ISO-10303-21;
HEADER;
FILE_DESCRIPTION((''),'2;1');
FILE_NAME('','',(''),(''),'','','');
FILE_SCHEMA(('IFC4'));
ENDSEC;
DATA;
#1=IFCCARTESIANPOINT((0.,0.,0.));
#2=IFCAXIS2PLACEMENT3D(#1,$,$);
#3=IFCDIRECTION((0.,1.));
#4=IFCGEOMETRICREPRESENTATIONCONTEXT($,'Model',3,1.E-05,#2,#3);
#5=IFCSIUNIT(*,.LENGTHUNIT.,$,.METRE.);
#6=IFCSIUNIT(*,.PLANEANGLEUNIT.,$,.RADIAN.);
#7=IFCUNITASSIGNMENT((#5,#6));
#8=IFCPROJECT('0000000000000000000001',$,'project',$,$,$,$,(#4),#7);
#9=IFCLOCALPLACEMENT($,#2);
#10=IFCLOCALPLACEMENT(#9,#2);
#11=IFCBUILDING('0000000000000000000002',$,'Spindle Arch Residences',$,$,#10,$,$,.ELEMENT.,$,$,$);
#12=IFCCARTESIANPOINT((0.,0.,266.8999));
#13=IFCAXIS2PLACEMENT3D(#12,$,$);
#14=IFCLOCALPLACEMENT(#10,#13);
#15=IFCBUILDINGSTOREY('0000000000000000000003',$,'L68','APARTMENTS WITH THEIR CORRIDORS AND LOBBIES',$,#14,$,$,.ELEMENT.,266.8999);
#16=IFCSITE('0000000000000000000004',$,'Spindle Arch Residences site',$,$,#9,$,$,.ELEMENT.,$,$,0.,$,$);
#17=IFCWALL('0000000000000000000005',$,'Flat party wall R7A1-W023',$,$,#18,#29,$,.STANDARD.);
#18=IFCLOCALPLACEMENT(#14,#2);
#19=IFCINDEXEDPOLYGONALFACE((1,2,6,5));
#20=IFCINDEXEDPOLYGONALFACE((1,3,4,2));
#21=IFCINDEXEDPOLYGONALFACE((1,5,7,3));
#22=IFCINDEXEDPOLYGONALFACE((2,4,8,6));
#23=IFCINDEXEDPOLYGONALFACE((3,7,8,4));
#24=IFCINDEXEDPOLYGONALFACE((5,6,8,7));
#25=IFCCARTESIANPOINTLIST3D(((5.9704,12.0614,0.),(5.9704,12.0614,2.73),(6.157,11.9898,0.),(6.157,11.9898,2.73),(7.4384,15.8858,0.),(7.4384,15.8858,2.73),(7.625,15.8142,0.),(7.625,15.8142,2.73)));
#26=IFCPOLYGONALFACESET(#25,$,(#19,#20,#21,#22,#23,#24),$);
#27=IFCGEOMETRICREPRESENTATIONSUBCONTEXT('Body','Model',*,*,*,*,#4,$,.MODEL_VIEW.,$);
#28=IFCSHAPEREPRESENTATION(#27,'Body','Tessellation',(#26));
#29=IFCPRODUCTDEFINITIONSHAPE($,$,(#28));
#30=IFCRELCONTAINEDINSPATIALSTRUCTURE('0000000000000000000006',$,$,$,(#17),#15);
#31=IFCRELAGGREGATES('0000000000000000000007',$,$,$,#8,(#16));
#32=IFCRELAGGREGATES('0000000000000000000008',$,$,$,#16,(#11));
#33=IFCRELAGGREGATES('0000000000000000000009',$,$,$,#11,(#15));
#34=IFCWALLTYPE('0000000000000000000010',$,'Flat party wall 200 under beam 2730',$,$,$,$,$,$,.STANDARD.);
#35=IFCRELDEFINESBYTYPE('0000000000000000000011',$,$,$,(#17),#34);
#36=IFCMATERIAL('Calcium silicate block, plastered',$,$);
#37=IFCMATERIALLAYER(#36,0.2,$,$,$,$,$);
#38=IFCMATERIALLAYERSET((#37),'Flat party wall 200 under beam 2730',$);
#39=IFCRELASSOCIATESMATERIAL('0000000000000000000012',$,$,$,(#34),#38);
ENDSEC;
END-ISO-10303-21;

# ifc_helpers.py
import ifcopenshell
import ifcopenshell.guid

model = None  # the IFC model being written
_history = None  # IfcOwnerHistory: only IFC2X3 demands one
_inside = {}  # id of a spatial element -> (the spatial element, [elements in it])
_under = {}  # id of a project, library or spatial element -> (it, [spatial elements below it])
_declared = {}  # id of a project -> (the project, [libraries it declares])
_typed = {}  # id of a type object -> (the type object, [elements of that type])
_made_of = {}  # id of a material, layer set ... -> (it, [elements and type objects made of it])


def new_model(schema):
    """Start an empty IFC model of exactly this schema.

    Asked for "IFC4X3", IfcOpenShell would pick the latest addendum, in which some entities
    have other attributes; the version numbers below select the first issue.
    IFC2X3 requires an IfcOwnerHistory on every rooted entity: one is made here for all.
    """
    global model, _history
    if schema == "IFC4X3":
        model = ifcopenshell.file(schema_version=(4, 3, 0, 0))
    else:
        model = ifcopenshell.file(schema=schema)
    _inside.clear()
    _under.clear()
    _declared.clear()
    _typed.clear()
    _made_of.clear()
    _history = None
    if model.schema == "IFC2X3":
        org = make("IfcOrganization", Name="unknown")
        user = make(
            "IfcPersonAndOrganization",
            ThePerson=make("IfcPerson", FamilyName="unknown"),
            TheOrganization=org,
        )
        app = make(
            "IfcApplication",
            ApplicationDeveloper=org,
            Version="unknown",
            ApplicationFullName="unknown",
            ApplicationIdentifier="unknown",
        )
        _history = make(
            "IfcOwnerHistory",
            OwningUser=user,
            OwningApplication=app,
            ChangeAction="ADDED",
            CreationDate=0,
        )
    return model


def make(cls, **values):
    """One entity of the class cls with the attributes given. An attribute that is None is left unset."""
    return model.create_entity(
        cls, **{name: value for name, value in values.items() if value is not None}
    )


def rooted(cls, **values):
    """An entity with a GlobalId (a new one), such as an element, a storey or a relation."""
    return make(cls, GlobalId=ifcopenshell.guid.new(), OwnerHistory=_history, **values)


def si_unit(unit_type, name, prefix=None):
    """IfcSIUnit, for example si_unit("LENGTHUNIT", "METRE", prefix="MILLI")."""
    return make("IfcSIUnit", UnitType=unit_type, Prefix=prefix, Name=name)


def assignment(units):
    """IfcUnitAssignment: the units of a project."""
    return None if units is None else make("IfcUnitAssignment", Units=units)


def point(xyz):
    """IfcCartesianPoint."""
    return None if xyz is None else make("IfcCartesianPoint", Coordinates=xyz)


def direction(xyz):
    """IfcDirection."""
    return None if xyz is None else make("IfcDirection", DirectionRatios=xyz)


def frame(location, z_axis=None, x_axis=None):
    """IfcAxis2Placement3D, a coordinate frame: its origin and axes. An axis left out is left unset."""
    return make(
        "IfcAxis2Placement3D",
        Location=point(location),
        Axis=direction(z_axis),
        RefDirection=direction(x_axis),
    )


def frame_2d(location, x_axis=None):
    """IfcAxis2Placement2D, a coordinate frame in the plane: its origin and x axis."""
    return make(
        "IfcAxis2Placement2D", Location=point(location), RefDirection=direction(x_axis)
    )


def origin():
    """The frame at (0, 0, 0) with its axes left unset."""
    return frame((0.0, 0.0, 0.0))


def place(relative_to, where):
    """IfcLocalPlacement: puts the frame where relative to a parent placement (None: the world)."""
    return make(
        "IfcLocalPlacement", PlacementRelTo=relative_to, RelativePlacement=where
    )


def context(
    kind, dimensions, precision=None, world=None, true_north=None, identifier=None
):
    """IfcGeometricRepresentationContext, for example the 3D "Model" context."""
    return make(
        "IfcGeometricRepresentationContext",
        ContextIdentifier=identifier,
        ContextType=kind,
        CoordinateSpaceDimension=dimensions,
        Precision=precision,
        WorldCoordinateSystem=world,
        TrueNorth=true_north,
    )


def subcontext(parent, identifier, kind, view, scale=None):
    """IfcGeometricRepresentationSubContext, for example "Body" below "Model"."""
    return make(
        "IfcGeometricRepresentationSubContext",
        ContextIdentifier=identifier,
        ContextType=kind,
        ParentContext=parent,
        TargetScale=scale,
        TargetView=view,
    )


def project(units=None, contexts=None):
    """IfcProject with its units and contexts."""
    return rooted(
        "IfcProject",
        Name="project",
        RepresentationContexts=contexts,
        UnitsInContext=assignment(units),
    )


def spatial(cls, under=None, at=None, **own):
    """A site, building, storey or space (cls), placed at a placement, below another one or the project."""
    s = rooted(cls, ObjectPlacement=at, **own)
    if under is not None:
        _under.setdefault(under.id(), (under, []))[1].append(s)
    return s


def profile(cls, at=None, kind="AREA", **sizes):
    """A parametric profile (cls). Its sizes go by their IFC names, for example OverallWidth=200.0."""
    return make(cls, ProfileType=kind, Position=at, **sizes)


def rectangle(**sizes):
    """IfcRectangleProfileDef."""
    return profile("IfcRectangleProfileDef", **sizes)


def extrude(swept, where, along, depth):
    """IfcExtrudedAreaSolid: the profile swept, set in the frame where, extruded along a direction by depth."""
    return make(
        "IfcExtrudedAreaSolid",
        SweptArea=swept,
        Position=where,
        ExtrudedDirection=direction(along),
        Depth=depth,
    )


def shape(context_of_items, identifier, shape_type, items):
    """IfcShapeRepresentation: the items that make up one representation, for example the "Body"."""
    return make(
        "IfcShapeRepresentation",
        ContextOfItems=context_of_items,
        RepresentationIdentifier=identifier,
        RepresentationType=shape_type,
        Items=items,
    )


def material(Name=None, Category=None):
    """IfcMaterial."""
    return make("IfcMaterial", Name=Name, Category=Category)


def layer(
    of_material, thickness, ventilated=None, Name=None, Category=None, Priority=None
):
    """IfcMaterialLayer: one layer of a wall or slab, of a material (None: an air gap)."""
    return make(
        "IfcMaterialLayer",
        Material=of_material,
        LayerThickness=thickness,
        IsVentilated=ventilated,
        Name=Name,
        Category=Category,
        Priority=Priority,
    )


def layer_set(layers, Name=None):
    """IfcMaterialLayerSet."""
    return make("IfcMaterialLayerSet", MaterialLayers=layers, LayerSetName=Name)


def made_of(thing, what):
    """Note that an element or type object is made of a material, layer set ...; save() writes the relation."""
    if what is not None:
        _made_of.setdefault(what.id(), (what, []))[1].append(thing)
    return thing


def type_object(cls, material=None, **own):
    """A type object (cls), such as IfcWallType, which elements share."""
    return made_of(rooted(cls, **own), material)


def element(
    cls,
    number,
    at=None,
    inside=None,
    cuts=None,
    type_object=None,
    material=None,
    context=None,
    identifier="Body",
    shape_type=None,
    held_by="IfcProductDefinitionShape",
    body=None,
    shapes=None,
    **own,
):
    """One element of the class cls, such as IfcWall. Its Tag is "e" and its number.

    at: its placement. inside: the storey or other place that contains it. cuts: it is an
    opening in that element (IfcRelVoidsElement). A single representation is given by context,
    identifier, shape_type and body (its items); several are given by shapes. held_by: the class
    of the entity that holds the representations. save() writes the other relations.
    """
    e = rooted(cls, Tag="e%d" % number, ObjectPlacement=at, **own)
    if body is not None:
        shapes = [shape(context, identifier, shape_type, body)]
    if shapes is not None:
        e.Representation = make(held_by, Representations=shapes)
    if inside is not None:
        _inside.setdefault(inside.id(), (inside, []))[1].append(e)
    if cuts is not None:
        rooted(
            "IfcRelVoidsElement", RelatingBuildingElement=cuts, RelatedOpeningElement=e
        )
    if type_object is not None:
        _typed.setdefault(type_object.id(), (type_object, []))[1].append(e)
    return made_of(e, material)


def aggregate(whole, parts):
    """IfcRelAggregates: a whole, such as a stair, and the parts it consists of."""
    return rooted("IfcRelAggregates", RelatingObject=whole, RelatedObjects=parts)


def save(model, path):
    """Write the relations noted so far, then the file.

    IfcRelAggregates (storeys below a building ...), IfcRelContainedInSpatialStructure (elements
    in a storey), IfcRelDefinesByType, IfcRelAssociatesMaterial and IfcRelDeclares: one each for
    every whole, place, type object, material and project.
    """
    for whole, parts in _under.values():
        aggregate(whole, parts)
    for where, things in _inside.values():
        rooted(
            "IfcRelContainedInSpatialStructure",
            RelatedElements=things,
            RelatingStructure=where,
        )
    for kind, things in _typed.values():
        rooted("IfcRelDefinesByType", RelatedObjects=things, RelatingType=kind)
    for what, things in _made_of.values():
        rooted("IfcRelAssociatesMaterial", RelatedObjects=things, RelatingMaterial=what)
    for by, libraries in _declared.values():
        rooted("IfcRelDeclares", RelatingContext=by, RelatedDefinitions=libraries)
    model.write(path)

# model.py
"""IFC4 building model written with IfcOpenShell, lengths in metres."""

from ifc_helpers import new_model, si_unit, direction, frame, frame_2d, origin, place, context, subcontext, project, spatial, rectangle, extrude, material, layer, layer_set, type_object, element, save


model = new_model("IFC4")

# Units and contexts
model_context = context("Model", 3, precision=1e-05, world=origin(), true_north=direction((0.0, 1.0)))
body_context = subcontext(model_context, "Body", "Model", "MODEL_VIEW")
ifc_project = project(units=[si_unit("LENGTHUNIT", "METRE"), si_unit("PLANEANGLEUNIT", "RADIAN")], contexts=[model_context])

# Site, building, storey
site_placement = place(None, origin())
site = spatial("IfcSite", under=ifc_project, at=site_placement, Name="Spindle Arch Residences site", CompositionType="ELEMENT", RefElevation=0.0)
building_placement = place(site_placement, origin())
building = spatial("IfcBuilding", under=site, at=building_placement, Name="Spindle Arch Residences", CompositionType="ELEMENT")
storey_placement = place(building_placement, frame((0.0, 0.0, 266.8999)))
storey = spatial("IfcBuildingStorey", under=building, at=storey_placement, Name="L68", Description="APARTMENTS WITH THEIR CORRIDORS AND LOBBIES", CompositionType="ELEMENT", Elevation=266.8999)

# Wall
ifc_material_1 = material(Name="Calcium silicate block, plastered")
ifc_layer_1 = layer(ifc_material_1, 0.2)
ifc_layer_set_1 = layer_set([ifc_layer_1], Name="Flat party wall 200 under beam 2730")
wall_type_1 = type_object("IfcWallType", Name="Flat party wall 200 under beam 2730", PredefinedType="STANDARD", material=ifc_layer_set_1)
wall_1_placement = place(storey_placement, frame((7.5317, 15.8501, 0.0), z_axis=(0.0, 0.0, 1.0), x_axis=(-0.358356, -0.933585, 0.0)))
element("IfcWall", 1, at=wall_1_placement, inside=storey, type_object=wall_type_1, Name="Flat party wall R7A1-W023", PredefinedType="STANDARD", context=body_context, shape_type="SweptSolid", body=[
    extrude(rectangle(XDim=4.0964, YDim=0.2, at=frame_2d((2.0483, 0.0))), origin(), (0.0, 0.0, 1.0), 2.73),
])

save(model, "model.ifc")
